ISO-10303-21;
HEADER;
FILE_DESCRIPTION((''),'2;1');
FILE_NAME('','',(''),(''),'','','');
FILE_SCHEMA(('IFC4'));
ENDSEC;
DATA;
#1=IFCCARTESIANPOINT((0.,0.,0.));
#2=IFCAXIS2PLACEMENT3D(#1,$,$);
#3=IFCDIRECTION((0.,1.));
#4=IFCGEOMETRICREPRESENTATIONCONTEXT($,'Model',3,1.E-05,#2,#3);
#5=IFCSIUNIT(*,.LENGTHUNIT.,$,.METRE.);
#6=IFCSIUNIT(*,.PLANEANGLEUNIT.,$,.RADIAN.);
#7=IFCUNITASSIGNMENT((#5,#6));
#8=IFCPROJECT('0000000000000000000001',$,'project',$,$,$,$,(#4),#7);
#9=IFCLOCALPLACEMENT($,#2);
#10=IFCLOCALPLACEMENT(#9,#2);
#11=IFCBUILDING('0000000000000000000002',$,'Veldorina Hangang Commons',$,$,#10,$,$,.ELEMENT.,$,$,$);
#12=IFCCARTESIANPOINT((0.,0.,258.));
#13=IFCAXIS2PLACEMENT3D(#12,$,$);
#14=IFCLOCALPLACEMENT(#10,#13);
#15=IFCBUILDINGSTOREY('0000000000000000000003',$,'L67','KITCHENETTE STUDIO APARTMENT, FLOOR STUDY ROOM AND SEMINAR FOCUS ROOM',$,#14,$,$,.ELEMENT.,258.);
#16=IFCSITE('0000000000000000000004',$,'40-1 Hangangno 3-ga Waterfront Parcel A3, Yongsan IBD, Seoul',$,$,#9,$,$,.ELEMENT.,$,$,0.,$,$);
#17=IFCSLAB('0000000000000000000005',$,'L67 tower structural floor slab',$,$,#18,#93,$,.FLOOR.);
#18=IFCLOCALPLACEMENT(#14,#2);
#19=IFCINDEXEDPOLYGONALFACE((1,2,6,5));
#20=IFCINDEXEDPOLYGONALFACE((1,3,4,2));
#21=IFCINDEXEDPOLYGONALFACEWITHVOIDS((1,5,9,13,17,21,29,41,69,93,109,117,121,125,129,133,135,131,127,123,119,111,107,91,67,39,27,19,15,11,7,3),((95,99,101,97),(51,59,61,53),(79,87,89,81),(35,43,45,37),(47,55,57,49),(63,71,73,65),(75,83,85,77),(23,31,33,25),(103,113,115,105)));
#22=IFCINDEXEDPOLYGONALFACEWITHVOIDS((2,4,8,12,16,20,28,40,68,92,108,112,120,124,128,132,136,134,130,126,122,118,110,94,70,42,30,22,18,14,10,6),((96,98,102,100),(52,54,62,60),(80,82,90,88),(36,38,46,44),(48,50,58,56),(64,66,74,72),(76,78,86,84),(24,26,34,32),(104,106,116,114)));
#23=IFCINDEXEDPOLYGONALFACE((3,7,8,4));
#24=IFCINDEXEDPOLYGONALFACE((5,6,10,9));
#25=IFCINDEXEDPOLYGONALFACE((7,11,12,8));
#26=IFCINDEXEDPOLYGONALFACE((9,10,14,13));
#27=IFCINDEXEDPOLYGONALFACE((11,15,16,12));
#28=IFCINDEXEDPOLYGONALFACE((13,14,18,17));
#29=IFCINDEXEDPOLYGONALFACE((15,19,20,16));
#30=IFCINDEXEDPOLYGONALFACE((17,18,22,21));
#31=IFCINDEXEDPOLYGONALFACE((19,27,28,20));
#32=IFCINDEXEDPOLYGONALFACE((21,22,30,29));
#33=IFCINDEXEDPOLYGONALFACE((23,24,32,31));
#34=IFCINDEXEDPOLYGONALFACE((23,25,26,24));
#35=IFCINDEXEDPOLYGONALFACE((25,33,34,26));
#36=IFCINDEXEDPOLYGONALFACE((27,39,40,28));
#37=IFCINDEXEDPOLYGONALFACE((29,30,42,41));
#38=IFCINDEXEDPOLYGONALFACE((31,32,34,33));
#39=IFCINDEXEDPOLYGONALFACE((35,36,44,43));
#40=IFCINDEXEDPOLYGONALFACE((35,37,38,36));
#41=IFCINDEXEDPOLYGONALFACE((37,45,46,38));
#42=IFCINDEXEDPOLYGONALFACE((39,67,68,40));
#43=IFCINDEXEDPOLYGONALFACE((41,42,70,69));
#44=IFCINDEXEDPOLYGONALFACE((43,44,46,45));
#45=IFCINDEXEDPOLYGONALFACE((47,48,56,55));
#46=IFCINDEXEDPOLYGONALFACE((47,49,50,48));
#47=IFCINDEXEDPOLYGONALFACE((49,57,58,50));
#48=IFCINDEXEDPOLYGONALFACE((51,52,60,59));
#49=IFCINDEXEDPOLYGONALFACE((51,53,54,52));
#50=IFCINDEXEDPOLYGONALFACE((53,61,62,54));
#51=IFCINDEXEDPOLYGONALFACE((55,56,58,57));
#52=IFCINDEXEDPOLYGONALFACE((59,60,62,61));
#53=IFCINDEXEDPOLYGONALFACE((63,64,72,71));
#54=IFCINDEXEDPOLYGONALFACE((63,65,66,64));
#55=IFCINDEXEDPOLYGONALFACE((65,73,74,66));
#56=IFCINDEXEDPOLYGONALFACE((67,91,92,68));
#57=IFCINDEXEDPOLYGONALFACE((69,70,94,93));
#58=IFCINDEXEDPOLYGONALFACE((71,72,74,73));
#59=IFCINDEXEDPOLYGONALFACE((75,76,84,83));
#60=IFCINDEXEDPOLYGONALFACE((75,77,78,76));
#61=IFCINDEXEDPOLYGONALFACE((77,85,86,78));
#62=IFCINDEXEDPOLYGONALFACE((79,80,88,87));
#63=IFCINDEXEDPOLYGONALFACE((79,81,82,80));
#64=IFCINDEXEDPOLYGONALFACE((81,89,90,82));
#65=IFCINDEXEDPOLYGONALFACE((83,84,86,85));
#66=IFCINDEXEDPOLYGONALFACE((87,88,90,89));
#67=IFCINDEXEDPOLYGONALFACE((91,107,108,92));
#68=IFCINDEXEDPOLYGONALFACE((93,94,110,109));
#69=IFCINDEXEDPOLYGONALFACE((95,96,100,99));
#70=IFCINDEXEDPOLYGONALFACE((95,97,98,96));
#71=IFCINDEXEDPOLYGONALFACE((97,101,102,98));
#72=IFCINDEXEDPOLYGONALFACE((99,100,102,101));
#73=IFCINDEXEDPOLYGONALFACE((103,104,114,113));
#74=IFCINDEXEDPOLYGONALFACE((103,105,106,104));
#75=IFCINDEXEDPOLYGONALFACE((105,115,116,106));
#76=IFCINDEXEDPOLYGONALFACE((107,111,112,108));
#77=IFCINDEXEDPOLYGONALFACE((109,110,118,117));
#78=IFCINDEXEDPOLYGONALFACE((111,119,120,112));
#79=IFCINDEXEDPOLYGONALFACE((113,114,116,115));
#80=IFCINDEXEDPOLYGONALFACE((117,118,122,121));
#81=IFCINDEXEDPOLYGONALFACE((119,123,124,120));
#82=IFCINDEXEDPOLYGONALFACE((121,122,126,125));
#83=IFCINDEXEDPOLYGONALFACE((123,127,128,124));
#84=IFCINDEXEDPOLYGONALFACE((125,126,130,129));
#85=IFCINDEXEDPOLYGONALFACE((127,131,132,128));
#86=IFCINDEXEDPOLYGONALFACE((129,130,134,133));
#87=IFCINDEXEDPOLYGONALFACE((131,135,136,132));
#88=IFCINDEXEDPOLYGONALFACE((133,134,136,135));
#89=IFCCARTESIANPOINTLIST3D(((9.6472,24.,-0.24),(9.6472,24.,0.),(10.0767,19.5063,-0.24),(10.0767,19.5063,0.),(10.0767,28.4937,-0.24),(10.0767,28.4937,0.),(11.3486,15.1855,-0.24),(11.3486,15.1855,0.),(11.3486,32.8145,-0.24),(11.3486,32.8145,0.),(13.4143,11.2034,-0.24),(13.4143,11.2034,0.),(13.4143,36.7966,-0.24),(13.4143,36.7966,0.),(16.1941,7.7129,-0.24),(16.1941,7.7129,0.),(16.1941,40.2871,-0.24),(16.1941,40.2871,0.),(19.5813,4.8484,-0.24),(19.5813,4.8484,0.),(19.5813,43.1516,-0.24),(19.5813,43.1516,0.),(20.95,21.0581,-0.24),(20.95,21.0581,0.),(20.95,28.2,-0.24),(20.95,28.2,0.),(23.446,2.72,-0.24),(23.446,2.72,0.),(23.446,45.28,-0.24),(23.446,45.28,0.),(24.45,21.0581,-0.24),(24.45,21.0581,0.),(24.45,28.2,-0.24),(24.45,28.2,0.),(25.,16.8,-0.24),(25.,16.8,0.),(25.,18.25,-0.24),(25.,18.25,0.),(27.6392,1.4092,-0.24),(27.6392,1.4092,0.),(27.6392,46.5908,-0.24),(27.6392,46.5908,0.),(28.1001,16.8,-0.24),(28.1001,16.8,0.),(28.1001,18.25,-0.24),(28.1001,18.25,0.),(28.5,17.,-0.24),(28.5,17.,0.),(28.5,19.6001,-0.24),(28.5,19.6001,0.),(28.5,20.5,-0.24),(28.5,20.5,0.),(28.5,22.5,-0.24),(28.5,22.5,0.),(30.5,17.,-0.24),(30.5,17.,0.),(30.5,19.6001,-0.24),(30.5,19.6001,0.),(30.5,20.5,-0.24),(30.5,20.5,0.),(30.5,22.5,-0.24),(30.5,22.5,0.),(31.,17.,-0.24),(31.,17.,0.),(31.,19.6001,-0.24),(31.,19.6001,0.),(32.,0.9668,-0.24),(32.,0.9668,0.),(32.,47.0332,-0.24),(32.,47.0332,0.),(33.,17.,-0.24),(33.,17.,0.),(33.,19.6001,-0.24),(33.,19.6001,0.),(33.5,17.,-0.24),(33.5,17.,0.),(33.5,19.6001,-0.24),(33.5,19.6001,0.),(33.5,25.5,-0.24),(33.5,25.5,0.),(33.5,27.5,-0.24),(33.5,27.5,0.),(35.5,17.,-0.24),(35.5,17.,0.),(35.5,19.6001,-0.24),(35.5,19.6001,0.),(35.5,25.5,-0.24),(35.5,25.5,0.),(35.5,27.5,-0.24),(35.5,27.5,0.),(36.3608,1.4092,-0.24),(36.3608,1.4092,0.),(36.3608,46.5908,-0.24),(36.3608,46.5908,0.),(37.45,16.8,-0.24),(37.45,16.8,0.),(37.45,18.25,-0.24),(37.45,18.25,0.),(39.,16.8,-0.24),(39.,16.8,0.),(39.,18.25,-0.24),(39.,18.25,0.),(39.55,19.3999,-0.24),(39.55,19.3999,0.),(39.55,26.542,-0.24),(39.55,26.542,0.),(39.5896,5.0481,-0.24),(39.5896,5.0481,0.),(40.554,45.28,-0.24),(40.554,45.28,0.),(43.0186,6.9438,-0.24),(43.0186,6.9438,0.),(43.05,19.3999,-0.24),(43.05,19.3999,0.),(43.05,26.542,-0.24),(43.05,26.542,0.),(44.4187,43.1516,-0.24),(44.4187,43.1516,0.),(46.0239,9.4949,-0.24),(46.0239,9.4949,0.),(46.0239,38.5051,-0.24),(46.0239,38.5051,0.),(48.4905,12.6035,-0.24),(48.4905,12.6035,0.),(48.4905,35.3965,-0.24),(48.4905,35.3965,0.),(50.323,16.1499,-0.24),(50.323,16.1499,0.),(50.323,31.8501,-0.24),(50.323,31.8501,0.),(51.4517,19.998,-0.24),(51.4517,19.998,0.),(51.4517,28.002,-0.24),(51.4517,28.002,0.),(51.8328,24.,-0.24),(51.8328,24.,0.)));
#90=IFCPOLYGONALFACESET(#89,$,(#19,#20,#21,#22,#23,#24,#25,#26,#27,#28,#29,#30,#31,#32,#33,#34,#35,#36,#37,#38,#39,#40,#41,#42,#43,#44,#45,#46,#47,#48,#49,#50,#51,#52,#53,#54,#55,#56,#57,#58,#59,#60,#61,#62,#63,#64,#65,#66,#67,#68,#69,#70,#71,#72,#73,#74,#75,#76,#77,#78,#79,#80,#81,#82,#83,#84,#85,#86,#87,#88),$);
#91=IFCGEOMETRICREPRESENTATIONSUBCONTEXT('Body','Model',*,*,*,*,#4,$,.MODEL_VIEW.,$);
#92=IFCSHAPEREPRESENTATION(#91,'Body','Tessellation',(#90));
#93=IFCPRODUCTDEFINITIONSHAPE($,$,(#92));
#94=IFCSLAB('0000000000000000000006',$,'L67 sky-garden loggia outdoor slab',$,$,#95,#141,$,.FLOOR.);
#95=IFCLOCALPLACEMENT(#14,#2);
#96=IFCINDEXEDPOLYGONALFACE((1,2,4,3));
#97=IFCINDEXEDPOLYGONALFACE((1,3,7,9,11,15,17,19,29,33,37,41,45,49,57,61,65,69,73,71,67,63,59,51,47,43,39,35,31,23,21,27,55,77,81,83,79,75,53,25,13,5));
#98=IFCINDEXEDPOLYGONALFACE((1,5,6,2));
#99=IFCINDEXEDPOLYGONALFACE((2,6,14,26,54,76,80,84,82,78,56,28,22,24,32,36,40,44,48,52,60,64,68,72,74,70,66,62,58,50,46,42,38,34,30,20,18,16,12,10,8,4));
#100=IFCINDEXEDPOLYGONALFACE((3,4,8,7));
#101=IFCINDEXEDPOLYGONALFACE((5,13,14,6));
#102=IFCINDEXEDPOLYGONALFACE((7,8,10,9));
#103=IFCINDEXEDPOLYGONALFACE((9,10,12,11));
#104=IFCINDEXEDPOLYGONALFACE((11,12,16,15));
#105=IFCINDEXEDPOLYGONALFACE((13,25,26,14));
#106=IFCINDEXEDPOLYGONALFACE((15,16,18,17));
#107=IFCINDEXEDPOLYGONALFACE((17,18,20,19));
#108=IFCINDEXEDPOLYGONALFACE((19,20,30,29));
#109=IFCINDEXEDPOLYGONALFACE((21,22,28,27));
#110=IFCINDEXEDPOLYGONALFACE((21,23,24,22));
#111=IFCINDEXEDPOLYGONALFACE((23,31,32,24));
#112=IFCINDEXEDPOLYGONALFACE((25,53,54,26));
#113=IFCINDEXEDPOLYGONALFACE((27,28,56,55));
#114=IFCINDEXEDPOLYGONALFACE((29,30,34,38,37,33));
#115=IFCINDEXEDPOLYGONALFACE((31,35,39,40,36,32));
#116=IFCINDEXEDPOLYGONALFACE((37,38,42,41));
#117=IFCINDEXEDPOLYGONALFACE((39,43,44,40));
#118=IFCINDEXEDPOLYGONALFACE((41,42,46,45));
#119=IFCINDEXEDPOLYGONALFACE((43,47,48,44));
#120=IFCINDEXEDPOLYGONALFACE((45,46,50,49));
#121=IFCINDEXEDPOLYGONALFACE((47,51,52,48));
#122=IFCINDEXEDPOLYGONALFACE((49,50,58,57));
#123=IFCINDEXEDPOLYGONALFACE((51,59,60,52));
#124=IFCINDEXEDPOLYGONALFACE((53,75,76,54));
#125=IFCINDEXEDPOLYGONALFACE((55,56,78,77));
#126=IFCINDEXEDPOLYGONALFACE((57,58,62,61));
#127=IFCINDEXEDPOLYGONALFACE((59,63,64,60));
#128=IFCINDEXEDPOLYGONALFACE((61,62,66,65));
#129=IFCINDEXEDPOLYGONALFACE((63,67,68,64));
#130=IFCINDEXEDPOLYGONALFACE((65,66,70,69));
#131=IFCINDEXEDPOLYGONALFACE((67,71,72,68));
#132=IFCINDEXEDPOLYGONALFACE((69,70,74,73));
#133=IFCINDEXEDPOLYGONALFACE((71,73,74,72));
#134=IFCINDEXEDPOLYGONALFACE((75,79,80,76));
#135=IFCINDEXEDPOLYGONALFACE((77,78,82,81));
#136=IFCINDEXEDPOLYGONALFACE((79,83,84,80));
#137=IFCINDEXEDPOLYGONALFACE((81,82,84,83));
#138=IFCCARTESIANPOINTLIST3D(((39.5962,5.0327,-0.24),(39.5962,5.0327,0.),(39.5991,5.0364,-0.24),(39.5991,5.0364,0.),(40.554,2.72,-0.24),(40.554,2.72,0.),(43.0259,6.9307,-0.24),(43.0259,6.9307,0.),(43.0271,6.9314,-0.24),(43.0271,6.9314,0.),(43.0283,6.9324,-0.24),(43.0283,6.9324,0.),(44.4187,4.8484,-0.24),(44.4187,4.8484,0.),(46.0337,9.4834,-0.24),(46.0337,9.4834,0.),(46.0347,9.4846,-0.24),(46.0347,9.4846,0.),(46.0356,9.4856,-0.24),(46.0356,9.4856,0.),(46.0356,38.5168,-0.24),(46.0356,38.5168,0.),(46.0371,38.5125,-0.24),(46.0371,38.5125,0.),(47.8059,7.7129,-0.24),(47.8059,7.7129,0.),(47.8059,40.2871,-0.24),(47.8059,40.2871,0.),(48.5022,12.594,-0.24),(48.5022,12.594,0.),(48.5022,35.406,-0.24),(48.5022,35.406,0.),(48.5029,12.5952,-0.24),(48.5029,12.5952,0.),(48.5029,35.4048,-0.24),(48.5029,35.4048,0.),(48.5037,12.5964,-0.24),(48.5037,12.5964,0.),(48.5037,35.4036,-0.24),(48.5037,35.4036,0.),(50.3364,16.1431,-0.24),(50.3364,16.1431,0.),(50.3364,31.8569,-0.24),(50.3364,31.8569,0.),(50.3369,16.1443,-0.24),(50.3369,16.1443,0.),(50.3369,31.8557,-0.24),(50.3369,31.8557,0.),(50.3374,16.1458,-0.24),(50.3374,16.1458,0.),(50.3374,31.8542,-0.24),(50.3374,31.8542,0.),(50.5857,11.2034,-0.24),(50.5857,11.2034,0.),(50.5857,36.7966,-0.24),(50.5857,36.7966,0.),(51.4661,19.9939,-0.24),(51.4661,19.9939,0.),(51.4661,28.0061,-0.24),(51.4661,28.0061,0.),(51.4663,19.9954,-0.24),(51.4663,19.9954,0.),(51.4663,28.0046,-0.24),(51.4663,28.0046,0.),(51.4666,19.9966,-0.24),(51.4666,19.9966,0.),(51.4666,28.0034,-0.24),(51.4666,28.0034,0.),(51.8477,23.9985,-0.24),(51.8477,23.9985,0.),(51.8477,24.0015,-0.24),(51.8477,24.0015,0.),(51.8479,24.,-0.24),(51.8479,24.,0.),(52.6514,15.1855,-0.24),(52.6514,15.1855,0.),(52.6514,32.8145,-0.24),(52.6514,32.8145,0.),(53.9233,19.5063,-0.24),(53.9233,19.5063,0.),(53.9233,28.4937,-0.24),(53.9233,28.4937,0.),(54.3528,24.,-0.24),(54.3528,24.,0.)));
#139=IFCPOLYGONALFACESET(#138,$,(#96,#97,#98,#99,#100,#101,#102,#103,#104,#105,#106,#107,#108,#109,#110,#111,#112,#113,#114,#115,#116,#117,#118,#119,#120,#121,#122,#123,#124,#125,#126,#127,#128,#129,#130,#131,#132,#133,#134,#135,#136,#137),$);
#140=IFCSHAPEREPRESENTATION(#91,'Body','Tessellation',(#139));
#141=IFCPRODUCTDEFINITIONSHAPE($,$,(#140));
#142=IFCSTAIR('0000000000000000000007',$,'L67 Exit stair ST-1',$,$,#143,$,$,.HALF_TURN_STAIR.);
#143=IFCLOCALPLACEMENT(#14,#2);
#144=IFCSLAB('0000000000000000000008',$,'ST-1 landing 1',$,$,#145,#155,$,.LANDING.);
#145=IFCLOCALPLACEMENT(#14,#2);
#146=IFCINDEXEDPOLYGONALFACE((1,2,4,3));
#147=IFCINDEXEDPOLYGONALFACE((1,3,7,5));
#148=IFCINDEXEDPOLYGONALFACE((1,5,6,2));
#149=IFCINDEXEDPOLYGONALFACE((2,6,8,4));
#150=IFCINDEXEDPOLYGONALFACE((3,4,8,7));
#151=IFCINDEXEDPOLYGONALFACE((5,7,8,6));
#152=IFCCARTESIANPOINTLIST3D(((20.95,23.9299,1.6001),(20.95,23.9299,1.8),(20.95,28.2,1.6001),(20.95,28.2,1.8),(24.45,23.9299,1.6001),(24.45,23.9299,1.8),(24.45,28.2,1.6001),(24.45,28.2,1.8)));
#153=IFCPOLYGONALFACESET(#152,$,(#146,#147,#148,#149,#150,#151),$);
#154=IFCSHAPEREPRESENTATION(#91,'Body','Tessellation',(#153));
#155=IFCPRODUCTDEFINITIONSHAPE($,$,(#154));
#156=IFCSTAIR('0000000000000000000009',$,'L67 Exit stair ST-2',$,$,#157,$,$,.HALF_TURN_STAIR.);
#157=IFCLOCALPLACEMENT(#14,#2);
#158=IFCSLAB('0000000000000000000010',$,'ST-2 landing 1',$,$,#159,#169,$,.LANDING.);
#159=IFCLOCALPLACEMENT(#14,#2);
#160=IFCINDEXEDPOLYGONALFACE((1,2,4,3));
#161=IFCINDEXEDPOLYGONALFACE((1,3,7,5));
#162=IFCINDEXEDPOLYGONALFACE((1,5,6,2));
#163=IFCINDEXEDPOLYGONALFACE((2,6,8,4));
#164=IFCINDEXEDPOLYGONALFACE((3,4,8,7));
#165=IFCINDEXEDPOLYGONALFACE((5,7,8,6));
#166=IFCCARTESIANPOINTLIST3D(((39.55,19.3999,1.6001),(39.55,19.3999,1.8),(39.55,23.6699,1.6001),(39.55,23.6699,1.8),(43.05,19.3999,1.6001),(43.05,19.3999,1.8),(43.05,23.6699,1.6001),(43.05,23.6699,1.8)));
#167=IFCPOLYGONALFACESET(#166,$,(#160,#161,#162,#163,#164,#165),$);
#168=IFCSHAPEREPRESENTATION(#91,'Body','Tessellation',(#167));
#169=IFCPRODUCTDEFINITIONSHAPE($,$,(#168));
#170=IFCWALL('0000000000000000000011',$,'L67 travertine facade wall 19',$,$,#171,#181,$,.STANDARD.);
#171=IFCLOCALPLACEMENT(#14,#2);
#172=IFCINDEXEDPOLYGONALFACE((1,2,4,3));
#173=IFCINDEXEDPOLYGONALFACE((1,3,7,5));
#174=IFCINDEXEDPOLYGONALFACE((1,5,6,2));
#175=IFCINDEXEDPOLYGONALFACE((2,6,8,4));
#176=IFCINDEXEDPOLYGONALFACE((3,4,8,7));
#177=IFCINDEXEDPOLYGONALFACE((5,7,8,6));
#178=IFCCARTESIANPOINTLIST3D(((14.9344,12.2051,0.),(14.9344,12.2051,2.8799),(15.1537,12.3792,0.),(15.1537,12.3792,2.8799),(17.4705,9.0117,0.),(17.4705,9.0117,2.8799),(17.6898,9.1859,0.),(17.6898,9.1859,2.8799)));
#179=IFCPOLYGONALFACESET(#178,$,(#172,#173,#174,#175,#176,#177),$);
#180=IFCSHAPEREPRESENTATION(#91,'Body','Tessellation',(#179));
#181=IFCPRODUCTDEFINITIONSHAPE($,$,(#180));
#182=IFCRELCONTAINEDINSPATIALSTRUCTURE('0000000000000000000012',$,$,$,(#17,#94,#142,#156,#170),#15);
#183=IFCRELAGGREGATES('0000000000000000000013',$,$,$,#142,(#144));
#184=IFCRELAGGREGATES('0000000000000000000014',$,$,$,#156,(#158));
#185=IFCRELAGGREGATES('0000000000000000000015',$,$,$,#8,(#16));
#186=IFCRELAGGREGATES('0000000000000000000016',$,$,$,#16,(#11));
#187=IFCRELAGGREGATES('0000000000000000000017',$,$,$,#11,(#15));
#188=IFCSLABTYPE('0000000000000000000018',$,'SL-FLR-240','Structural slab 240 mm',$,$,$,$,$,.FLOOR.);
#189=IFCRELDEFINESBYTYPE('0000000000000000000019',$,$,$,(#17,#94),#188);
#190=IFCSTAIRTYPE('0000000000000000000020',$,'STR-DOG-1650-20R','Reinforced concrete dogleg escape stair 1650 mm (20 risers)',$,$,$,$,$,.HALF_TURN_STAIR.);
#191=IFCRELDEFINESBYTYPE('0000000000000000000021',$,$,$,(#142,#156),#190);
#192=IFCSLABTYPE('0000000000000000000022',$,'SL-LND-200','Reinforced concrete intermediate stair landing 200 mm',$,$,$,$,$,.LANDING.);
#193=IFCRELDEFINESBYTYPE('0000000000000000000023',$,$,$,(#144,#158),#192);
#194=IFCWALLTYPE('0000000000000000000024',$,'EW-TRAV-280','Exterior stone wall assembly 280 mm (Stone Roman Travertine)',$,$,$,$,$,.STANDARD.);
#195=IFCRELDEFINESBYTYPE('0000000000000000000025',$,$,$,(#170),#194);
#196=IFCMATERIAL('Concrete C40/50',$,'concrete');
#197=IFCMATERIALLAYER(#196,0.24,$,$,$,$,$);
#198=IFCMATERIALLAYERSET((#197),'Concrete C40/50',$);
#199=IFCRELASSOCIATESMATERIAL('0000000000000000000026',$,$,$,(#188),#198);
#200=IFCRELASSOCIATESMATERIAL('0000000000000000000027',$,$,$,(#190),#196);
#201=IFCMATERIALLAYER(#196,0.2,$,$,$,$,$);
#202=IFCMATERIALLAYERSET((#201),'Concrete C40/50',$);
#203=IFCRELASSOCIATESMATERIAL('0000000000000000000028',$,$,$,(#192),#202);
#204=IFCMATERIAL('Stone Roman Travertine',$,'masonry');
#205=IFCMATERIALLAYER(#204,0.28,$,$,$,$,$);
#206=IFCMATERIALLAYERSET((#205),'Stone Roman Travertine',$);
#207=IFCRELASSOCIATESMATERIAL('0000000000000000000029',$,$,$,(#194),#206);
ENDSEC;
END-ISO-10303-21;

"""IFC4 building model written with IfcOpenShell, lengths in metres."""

from ifc_helpers import new_model, si_unit, direction, frame, frame_2d, origin, place, context, subcontext, project, spatial, polyline, rectangle, outline, extrude, material, layer, layer_set, type_object, element, aggregate, save


model = new_model("IFC4")

# Units and contexts
model_context = context("Model", 3, precision=1e-05, world=origin(), true_north=direction((0.0, 1.0)))
body_context = subcontext(model_context, "Body", "Model", "MODEL_VIEW")
ifc_project = project(units=[si_unit("LENGTHUNIT", "METRE"), si_unit("PLANEANGLEUNIT", "RADIAN")], contexts=[model_context])

# Site, building, storey
site_placement = place(None, origin())
site = spatial("IfcSite", under=ifc_project, at=site_placement, Name="40-1 Hangangno 3-ga Waterfront Parcel A3, Yongsan IBD, Seoul", CompositionType="ELEMENT", RefElevation=0.0)
building_placement = place(site_placement, origin())
building = spatial("IfcBuilding", under=site, at=building_placement, Name="Veldorina Hangang Commons", CompositionType="ELEMENT")
storey_placement = place(building_placement, frame((0.0, 0.0, 258.0)))
storey = spatial("IfcBuildingStorey", under=building, at=storey_placement, Name="L67", Description="KITCHENETTE STUDIO APARTMENT, FLOOR STUDY ROOM AND SEMINAR FOCUS ROOM", CompositionType="ELEMENT", Elevation=258.0)

# Slabs
ifc_material_1 = material(Name="Concrete C40/50", Category="concrete")
ifc_layer_1 = layer(ifc_material_1, 0.24)
ifc_layer_set_1 = layer_set([ifc_layer_1], Name="Concrete C40/50")
slab_type_1 = type_object("IfcSlabType", Name="SL-FLR-240", Description="Structural slab 240 mm", PredefinedType="FLOOR", material=ifc_layer_set_1)
slab_1_placement = place(storey_placement, frame((0.0, 0.0, -0.24)))
element("IfcSlab", 1, at=slab_1_placement, inside=storey, type_object=slab_type_1, Name="L67 tower structural floor slab", PredefinedType="FLOOR", context=body_context, shape_type="SweptSolid", body=[
    extrude(outline(polyline([(51.8328, 24.0), (51.4517, 28.002), (50.323, 31.8501), (48.4905, 35.3965), (46.0239, 38.5051), (44.4187, 43.1516), (40.554, 45.28), (36.3608, 46.5908), (32.0, 47.0332), (27.6392, 46.5908), (23.446, 45.28), (19.5813, 43.1516), (16.1941, 40.2871), (13.4143, 36.7966), (11.3486, 32.8145), (10.0767, 28.4937), (9.6472, 24.0), (10.0767, 19.5063), (11.3486, 15.1855), (13.4143, 11.2034), (16.1941, 7.7129), (19.5813, 4.8484), (23.446, 2.72), (27.6392, 1.4092), (32.0, 0.9668), (36.3608, 1.4092), (39.5896, 5.0481), (43.0186, 6.9438), (46.0239, 9.4949), (48.4905, 12.6035), (50.323, 16.1499), (51.4517, 19.998), (51.8328, 24.0)]), holes=[polyline([(20.95, 21.0581), (20.95, 28.2), (24.45, 28.2), (24.45, 21.0581), (20.95, 21.0581)]), polyline([(43.05, 26.542), (43.05, 19.3999), (39.55, 19.3999), (39.55, 26.542), (43.05, 26.542)]), polyline([(33.5, 27.5), (35.5, 27.5), (35.5, 25.5), (33.5, 25.5), (33.5, 27.5)]), polyline([(28.5, 22.5), (30.5, 22.5), (30.5, 20.5), (28.5, 20.5), (28.5, 22.5)]), polyline([(28.5, 19.6001), (30.5, 19.6001), (30.5, 17.0), (28.5, 17.0), (28.5, 19.6001)]), polyline([(31.0, 19.6001), (33.0, 19.6001), (33.0, 17.0), (31.0, 17.0), (31.0, 19.6001)]), polyline([(33.5, 19.6001), (35.5, 19.6001), (35.5, 17.0), (33.5, 17.0), (33.5, 19.6001)]), polyline([(25.0, 18.25), (28.1001, 18.25), (28.1001, 16.8), (25.0, 16.8), (25.0, 18.25)]), polyline([(37.45, 18.25), (39.0, 18.25), (39.0, 16.8), (37.45, 16.8), (37.45, 18.25)])]), origin(), (0.0, 0.0, 1.0), 0.24),
])
slab_2_placement = place(storey_placement, frame((0.0, 0.0, -0.24)))
element("IfcSlab", 2, at=slab_2_placement, inside=storey, type_object=slab_type_1, Name="L67 sky-garden loggia outdoor slab", PredefinedType="FLOOR", context=body_context, shape_type="SweptSolid", body=[
    extrude(outline(polyline([(47.8059, 40.2871), (50.5857, 36.7966), (52.6514, 32.8145), (53.9233, 28.4937), (54.3528, 24.0), (53.9233, 19.5063), (52.6514, 15.1855), (50.5857, 11.2034), (47.8059, 7.7129), (44.4187, 4.8484), (40.554, 2.72), (39.5962, 5.0327), (39.5991, 5.0364), (43.0259, 6.9307), (43.0271, 6.9314), (43.0283, 6.9324), (46.0337, 9.4834), (46.0347, 9.4846), (46.0356, 9.4856), (48.5022, 12.594), (48.5029, 12.5952), (48.5037, 12.5964), (50.3364, 16.1431), (50.3369, 16.1443), (50.3374, 16.1458), (51.4661, 19.9939), (51.4663, 19.9954), (51.4666, 19.9966), (51.8477, 23.9985), (51.8479, 24.0), (51.8477, 24.0015), (51.4666, 28.0034), (51.4663, 28.0046), (51.4661, 28.0061), (50.3374, 31.8542), (50.3369, 31.8557), (50.3364, 31.8569), (48.5037, 35.4036), (48.5029, 35.4048), (48.5022, 35.406), (46.0371, 38.5125), (46.0356, 38.5168), (47.8059, 40.2871)])), origin(), (0.0, 0.0, 1.0), 0.24),
])

# Stairs, slabs
stair_type = type_object("IfcStairType", Name="STR-DOG-1650-20R", Description="Reinforced concrete dogleg escape stair 1650 mm (20 risers)", PredefinedType="HALF_TURN_STAIR", material=ifc_material_1)
stair_1_placement = place(storey_placement, origin())
stair_1 = element("IfcStair", 3, at=stair_1_placement, inside=storey, type_object=stair_type, Name="L67 Exit stair ST-1", PredefinedType="HALF_TURN_STAIR")
ifc_layer_2 = layer(ifc_material_1, 0.2)
ifc_layer_set_2 = layer_set([ifc_layer_2], Name="Concrete C40/50")
slab_type_2 = type_object("IfcSlabType", Name="SL-LND-200", Description="Reinforced concrete intermediate stair landing 200 mm", PredefinedType="LANDING", material=ifc_layer_set_2)
slab_3_placement = place(storey_placement, frame((0.0, 0.0, 1.6001)))
slab_3 = element("IfcSlab", 4, at=slab_3_placement, type_object=slab_type_2, Name="ST-1 landing 1", PredefinedType="LANDING", context=body_context, shape_type="SweptSolid", body=[
    extrude(outline(polyline([(24.45, 23.9299), (24.45, 28.2), (20.95, 28.2), (20.95, 23.9299), (24.45, 23.9299)])), origin(), (0.0, 0.0, 1.0), 0.2),
])
aggregate(stair_1, [slab_3])
stair_2_placement = place(storey_placement, origin())
stair_2 = element("IfcStair", 5, at=stair_2_placement, inside=storey, type_object=stair_type, Name="L67 Exit stair ST-2", PredefinedType="HALF_TURN_STAIR")
slab_4_placement = place(storey_placement, frame((0.0, 0.0, 1.6001)))
slab_4 = element("IfcSlab", 6, at=slab_4_placement, type_object=slab_type_2, Name="ST-2 landing 1", PredefinedType="LANDING", context=body_context, shape_type="SweptSolid", body=[
    extrude(outline(polyline([(39.55, 23.6699), (39.55, 19.3999), (43.05, 19.3999), (43.05, 23.6699), (39.55, 23.6699)])), origin(), (0.0, 0.0, 1.0), 0.2),
])
aggregate(stair_2, [slab_4])

# Wall
ifc_material_2 = material(Name="Stone Roman Travertine", Category="masonry")
ifc_layer_3 = layer(ifc_material_2, 0.28)
ifc_layer_set_3 = layer_set([ifc_layer_3], Name="Stone Roman Travertine")
wall_type_1 = type_object("IfcWallType", Name="EW-TRAV-280", Description="Exterior stone wall assembly 280 mm (Stone Roman Travertine)", PredefinedType="STANDARD", material=ifc_layer_set_3)
wall_1_placement = place(storey_placement, frame((15.0439, 12.2922, 0.0), z_axis=(0.0, 0.0, 1.0), x_axis=(0.621917, -0.783083, 0.0)))
element("IfcWall", 7, at=wall_1_placement, inside=storey, type_object=wall_type_1, Name="L67 travertine facade wall 19", PredefinedType="STANDARD", context=body_context, shape_type="SweptSolid", body=[
    extrude(rectangle(XDim=4.0779, YDim=0.28, at=frame_2d((2.0391, 0.0))), origin(), (0.0, 0.0, 1.0), 2.8799),
])

save(model, "model.ifc")
